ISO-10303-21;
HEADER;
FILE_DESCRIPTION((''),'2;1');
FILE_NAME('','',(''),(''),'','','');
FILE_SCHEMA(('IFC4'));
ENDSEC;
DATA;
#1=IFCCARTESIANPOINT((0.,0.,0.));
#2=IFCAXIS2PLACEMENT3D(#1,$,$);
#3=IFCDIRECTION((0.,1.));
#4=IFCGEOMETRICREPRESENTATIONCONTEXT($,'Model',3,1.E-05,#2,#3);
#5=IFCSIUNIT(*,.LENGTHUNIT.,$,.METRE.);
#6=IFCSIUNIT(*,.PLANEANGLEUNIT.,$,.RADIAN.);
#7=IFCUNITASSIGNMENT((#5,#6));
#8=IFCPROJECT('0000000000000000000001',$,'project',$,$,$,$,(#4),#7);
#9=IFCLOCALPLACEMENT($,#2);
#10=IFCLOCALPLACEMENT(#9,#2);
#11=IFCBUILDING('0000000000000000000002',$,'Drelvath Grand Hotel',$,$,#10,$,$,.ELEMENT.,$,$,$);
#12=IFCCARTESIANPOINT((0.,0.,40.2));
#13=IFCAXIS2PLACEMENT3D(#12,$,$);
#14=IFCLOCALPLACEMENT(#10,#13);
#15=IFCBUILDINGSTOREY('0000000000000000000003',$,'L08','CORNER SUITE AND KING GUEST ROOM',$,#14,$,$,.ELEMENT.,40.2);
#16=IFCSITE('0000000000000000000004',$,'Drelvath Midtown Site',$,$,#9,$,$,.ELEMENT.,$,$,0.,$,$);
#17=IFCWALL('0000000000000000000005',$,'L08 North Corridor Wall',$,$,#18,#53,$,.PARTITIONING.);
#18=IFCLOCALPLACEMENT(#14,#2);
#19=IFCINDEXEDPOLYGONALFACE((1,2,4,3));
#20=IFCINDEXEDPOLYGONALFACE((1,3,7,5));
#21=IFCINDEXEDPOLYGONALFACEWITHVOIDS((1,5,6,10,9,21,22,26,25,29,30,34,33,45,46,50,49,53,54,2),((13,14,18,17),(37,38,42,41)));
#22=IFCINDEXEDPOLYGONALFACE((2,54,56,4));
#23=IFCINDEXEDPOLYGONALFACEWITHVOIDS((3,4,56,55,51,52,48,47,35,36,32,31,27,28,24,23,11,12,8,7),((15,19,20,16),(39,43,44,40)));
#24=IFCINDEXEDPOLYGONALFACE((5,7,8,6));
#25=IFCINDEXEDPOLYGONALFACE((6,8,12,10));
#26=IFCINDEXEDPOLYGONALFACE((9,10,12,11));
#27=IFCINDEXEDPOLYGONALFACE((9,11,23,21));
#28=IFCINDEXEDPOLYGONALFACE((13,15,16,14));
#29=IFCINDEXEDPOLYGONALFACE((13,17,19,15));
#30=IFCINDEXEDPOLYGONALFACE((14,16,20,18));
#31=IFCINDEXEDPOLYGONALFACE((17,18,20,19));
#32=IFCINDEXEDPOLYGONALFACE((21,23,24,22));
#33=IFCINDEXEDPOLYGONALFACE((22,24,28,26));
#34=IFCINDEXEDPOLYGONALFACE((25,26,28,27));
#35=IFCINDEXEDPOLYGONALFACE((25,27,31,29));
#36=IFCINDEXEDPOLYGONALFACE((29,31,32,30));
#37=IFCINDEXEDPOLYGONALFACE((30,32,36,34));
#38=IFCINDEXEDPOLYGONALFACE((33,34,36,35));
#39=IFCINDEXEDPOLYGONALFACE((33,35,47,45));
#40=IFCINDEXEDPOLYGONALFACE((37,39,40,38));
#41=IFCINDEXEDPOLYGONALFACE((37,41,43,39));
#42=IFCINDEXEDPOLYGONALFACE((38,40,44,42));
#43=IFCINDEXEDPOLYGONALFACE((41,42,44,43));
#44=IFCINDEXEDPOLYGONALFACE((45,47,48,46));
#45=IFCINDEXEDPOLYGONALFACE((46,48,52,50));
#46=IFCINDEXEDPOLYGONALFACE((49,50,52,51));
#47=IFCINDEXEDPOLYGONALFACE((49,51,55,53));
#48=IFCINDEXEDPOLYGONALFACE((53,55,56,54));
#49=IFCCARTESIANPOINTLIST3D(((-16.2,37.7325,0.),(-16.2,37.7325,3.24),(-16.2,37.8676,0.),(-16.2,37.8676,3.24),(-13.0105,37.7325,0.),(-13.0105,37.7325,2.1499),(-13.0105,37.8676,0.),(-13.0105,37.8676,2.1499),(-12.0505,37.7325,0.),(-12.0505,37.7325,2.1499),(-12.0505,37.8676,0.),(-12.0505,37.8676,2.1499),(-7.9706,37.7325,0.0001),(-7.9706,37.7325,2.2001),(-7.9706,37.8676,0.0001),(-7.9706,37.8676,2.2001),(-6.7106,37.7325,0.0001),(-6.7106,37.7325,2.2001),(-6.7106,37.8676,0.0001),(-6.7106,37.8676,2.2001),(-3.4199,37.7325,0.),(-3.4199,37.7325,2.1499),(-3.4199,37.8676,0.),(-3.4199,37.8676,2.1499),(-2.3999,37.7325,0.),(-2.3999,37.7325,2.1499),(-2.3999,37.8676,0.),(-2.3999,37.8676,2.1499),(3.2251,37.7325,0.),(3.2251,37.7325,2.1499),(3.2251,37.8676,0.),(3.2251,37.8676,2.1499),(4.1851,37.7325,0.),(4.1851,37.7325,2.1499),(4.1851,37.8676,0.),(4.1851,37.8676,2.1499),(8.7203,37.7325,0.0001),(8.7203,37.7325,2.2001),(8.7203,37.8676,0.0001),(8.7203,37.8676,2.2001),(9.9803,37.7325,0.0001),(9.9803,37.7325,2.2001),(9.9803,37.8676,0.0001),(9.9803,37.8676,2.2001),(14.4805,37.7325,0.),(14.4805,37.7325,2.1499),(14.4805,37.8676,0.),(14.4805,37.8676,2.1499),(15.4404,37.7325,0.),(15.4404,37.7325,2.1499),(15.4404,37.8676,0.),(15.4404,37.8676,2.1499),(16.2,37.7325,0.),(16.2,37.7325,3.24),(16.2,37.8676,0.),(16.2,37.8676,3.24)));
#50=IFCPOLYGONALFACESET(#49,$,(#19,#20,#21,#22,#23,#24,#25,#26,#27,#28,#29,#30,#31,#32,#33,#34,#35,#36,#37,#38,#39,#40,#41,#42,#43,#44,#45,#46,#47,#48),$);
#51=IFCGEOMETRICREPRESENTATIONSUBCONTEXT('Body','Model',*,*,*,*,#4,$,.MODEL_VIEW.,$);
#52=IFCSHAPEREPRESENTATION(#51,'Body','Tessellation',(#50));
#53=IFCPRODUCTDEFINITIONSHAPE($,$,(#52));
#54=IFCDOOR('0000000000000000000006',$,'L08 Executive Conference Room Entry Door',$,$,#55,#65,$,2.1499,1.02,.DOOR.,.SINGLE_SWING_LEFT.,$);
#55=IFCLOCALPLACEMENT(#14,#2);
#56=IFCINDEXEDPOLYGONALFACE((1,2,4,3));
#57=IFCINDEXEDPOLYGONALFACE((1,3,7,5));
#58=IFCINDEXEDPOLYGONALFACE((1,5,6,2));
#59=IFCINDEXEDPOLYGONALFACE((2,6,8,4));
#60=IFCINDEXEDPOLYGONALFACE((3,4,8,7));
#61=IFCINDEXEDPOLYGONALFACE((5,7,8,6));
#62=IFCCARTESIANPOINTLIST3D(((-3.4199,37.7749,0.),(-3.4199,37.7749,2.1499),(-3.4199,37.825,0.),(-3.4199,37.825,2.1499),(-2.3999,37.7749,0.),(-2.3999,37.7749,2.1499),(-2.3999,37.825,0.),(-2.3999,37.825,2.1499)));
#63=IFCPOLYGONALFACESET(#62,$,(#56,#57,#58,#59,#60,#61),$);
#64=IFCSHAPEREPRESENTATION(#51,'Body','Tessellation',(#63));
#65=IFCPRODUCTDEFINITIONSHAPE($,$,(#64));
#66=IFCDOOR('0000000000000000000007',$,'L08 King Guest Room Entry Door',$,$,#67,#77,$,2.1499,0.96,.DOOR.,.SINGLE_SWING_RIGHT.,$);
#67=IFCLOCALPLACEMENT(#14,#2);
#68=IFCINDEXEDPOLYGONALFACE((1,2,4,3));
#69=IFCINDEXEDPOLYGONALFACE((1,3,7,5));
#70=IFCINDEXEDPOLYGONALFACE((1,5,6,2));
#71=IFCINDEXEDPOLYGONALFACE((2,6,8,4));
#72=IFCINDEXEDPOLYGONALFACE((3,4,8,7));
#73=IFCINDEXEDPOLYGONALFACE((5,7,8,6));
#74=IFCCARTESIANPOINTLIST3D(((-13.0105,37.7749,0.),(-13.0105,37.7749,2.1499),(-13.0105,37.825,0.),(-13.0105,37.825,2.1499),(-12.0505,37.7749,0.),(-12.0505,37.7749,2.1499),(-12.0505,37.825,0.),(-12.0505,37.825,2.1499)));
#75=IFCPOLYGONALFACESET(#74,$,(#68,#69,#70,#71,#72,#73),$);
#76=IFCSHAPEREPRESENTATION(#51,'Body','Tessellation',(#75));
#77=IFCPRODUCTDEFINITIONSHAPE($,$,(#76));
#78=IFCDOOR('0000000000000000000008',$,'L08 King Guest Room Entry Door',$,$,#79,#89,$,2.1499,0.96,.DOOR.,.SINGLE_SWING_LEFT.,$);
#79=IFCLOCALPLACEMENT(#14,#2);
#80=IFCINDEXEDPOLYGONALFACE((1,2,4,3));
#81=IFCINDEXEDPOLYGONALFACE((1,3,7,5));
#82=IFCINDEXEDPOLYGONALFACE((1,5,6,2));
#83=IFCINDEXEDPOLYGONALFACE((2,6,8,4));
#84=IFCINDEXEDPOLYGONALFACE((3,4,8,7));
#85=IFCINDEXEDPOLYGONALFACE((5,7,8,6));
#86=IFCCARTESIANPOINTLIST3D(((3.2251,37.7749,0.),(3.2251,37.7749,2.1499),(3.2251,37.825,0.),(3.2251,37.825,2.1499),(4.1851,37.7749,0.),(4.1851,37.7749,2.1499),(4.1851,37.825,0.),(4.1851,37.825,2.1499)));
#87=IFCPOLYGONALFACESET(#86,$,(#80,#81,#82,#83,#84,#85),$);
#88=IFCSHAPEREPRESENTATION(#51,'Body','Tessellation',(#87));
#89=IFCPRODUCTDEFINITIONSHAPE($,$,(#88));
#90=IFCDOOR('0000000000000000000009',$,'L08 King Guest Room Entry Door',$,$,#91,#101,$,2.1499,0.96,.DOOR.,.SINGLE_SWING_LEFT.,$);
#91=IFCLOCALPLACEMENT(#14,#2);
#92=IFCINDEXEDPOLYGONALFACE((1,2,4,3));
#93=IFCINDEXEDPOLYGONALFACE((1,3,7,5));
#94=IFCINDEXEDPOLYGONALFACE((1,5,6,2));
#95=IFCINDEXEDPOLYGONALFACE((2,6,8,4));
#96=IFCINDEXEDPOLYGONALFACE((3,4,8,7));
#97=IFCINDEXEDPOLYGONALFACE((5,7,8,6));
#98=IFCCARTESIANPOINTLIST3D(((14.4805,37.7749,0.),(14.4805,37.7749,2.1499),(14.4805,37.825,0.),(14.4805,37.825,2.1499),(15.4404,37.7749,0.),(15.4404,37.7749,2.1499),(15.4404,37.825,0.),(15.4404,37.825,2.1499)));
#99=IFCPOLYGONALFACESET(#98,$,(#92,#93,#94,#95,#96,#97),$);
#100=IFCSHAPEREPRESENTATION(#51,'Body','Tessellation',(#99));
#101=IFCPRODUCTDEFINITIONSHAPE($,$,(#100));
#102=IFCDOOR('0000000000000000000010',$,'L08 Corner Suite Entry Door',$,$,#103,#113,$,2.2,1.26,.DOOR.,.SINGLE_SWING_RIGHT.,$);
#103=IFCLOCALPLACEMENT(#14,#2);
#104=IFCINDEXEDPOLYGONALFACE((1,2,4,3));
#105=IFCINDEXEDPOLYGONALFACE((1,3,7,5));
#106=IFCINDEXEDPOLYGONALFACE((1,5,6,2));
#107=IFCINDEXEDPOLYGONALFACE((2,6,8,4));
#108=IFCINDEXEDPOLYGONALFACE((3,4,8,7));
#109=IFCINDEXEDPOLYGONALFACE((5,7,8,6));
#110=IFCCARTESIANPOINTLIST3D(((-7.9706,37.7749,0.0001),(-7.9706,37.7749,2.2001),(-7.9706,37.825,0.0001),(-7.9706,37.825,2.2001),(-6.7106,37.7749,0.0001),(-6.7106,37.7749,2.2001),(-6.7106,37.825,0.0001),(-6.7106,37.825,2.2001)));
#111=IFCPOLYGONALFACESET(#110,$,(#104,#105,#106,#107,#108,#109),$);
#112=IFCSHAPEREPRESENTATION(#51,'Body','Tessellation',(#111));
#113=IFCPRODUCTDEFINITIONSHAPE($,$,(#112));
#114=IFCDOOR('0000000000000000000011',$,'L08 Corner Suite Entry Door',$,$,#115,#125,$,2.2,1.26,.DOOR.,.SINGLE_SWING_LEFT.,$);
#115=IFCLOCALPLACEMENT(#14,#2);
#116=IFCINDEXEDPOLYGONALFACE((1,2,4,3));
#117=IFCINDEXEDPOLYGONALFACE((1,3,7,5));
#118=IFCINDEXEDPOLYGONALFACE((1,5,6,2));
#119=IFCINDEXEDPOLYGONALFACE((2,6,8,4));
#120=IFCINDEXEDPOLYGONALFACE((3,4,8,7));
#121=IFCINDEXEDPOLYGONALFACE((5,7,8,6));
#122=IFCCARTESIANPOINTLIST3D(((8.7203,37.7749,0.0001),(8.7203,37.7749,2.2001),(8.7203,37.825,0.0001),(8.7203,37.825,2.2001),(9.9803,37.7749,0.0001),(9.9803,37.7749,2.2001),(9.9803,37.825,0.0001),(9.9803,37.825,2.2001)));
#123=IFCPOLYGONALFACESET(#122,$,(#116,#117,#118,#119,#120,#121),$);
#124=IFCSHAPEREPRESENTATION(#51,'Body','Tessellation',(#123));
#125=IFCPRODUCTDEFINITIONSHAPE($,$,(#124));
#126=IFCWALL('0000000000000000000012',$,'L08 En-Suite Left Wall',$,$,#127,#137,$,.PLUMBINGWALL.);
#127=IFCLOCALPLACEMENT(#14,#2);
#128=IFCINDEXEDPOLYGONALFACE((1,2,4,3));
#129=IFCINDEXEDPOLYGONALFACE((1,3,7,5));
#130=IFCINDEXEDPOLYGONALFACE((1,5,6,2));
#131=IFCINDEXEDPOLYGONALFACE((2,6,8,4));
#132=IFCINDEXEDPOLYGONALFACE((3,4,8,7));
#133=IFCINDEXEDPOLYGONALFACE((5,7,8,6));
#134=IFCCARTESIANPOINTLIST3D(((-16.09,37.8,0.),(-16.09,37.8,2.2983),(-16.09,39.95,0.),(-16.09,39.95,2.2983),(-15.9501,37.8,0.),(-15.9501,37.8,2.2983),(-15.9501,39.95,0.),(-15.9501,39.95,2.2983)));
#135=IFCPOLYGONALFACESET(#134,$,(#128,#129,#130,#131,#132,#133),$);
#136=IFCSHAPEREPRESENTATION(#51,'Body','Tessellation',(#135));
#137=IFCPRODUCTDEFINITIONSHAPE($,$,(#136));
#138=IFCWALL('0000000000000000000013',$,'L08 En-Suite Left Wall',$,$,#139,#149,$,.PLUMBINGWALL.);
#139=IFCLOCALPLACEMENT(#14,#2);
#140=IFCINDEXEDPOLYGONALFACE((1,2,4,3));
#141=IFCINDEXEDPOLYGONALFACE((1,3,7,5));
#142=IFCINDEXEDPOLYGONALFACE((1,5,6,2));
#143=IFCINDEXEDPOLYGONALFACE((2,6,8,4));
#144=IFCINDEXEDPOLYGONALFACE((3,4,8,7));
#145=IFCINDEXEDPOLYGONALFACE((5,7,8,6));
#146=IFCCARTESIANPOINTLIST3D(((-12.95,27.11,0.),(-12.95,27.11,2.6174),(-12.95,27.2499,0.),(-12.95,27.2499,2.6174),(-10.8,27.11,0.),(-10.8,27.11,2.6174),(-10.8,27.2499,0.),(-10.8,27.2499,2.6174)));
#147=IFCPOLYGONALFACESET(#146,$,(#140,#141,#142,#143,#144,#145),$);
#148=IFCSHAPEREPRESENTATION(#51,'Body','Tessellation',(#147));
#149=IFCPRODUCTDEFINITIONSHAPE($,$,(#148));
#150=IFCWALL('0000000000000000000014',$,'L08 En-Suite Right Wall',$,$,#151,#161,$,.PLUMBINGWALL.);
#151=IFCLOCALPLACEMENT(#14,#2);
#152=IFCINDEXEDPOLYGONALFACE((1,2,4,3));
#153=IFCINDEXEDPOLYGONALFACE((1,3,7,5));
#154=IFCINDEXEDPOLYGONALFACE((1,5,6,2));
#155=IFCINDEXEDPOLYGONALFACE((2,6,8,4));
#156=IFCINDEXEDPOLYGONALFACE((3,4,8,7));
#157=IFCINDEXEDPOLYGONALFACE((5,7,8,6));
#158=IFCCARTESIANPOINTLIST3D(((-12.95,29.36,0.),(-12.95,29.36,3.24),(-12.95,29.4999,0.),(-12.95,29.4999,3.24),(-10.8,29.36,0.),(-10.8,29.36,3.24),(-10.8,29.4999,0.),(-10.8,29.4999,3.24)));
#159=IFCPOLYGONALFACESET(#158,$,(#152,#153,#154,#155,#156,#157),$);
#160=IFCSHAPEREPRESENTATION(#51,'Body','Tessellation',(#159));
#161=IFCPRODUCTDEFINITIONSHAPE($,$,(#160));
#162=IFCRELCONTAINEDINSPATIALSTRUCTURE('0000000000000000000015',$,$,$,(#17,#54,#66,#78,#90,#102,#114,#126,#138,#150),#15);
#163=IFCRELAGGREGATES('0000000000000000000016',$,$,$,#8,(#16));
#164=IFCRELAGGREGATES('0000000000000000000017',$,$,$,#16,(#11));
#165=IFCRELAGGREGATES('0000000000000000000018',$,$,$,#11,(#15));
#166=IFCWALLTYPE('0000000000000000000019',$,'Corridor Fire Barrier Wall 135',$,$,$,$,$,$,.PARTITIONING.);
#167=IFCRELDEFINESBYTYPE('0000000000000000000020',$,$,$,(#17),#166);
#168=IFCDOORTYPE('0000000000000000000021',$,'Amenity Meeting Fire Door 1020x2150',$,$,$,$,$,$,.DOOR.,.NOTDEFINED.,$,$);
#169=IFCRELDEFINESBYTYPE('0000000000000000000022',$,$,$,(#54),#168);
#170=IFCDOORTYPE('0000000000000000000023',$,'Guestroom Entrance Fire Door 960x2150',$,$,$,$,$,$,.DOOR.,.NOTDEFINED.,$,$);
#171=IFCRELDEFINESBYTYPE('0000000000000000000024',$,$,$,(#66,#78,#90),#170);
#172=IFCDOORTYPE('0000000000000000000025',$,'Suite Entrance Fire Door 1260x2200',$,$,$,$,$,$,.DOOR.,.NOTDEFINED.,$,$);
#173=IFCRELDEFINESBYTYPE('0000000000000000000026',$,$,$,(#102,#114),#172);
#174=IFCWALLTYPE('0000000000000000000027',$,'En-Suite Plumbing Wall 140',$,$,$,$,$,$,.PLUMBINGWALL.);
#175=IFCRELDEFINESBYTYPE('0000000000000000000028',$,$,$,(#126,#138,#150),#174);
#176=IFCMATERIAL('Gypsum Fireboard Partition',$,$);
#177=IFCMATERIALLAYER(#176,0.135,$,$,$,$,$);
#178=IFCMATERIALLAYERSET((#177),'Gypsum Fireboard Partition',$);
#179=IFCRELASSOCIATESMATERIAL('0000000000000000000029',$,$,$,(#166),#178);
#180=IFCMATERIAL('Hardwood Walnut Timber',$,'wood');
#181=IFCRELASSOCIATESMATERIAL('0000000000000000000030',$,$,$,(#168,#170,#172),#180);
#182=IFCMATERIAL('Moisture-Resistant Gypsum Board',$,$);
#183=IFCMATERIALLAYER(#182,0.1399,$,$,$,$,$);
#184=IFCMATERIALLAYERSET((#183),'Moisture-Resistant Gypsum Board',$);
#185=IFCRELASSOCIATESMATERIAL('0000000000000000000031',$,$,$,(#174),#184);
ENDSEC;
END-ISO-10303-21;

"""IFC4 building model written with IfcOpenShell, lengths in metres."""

from ifc_helpers import new_model, si_unit, direction, frame, frame_2d, origin, place, context, subcontext, project, spatial, rectangle, extrude, material, layer, layer_set, type_object, element, fill, save


model = new_model("IFC4")

# Units and contexts
model_context = context("Model", 3, precision=1e-05, world=origin(), true_north=direction((0.0, 1.0)))
body_context = subcontext(model_context, "Body", "Model", "MODEL_VIEW")
ifc_project = project(units=[si_unit("LENGTHUNIT", "METRE"), si_unit("PLANEANGLEUNIT", "RADIAN")], contexts=[model_context])

# Site, building, storey
site_placement = place(None, origin())
site = spatial("IfcSite", under=ifc_project, at=site_placement, Name="Drelvath Midtown Site", CompositionType="ELEMENT", RefElevation=0.0)
building_placement = place(site_placement, origin())
building = spatial("IfcBuilding", under=site, at=building_placement, Name="Drelvath Grand Hotel", CompositionType="ELEMENT")
storey_placement = place(building_placement, frame((0.0, 0.0, 40.2)))
storey = spatial("IfcBuildingStorey", under=building, at=storey_placement, Name="L08", Description="CORNER SUITE AND KING GUEST ROOM", CompositionType="ELEMENT", Elevation=40.2)

# Wall, openings, doors
ifc_material_1 = material(Name="Gypsum Fireboard Partition")
ifc_layer_1 = layer(ifc_material_1, 0.135)
ifc_layer_set_1 = layer_set([ifc_layer_1], Name="Gypsum Fireboard Partition")
wall_type_1 = type_object("IfcWallType", Name="Corridor Fire Barrier Wall 135", PredefinedType="PARTITIONING", material=ifc_layer_set_1)
wall_1_placement = place(storey_placement, frame((-16.2, 37.8, 0.0), z_axis=(0.0, 0.0, 1.0), x_axis=(1.0, 0.0, 0.0)))
wall_1 = element("IfcWall", 1, at=wall_1_placement, inside=storey, type_object=wall_type_1, Name="L08 North Corridor Wall", PredefinedType="PARTITIONING", context=body_context, shape_type="SweptSolid", body=[
    extrude(rectangle(XDim=32.3999, YDim=0.135, at=frame_2d((16.2, 0.0))), origin(), (0.0, 0.0, 1.0), 3.24),
])
opening_1_placement = place(wall_1_placement, frame((3.1895, 0.0, 0.0)))
opening_1 = element("IfcOpeningElement", 2, at=opening_1_placement, cuts=wall_1, PredefinedType="OPENING", context=body_context, shape_type="SweptSolid", body=[
    extrude(rectangle(XDim=0.96, YDim=2.1499, at=frame_2d((0.48, 1.075))), frame((0.0, 0.0774, 0.0), z_axis=(0.0, -1.0, 0.0), x_axis=(1.0, 0.0, 0.0)), (0.0, 0.0, 1.0), 0.155),
])
opening_2_placement = place(wall_1_placement, frame((8.2295, 0.0, 0.0)))
opening_2 = element("IfcOpeningElement", 3, at=opening_2_placement, cuts=wall_1, PredefinedType="OPENING", context=body_context, shape_type="SweptSolid", body=[
    extrude(rectangle(XDim=1.26, YDim=2.2, at=frame_2d((0.6299, 1.1001))), frame((0.0, 0.0774, 0.0), z_axis=(0.0, -1.0, 0.0), x_axis=(1.0, 0.0, 0.0)), (0.0, 0.0, 1.0), 0.155),
])
opening_3_placement = place(wall_1_placement, frame((12.78, 0.0, 0.0)))
opening_3 = element("IfcOpeningElement", 4, at=opening_3_placement, cuts=wall_1, PredefinedType="OPENING", context=body_context, shape_type="SweptSolid", body=[
    extrude(rectangle(XDim=1.02, YDim=2.1499, at=frame_2d((0.51, 1.075))), frame((0.0, 0.0774, 0.0), z_axis=(0.0, -1.0, 0.0), x_axis=(1.0, 0.0, 0.0)), (0.0, 0.0, 1.0), 0.155),
])
opening_4_placement = place(wall_1_placement, frame((19.425, 0.0, 0.0)))
opening_4 = element("IfcOpeningElement", 5, at=opening_4_placement, cuts=wall_1, PredefinedType="OPENING", context=body_context, shape_type="SweptSolid", body=[
    extrude(rectangle(XDim=0.96, YDim=2.1499, at=frame_2d((0.48, 1.075))), frame((0.0, 0.0774, 0.0), z_axis=(0.0, -1.0, 0.0), x_axis=(1.0, 0.0, 0.0)), (0.0, 0.0, 1.0), 0.155),
])
opening_5_placement = place(wall_1_placement, frame((24.9204, 0.0, 0.0)))
opening_5 = element("IfcOpeningElement", 6, at=opening_5_placement, cuts=wall_1, PredefinedType="OPENING", context=body_context, shape_type="SweptSolid", body=[
    extrude(rectangle(XDim=1.26, YDim=2.2, at=frame_2d((0.6299, 1.1001))), frame((0.0, 0.0774, 0.0), z_axis=(0.0, -1.0, 0.0), x_axis=(1.0, 0.0, 0.0)), (0.0, 0.0, 1.0), 0.155),
])
opening_6_placement = place(wall_1_placement, frame((30.6804, 0.0, 0.0)))
opening_6 = element("IfcOpeningElement", 7, at=opening_6_placement, cuts=wall_1, PredefinedType="OPENING", context=body_context, shape_type="SweptSolid", body=[
    extrude(rectangle(XDim=0.96, YDim=2.1499, at=frame_2d((0.48, 1.075))), frame((0.0, 0.0774, 0.0), z_axis=(0.0, -1.0, 0.0), x_axis=(1.0, 0.0, 0.0)), (0.0, 0.0, 1.0), 0.155),
])
ifc_material_2 = material(Name="Hardwood Walnut Timber", Category="wood")
door_type_1 = type_object("IfcDoorType", Name="Amenity Meeting Fire Door 1020x2150", OperationType="NOTDEFINED", PredefinedType="DOOR", material=ifc_material_2)
door_1_placement = place(opening_3_placement, origin())
door_1 = element("IfcDoor", 8, at=door_1_placement, inside=storey, type_object=door_type_1, Name="L08 Executive Conference Room Entry Door", OperationType="SINGLE_SWING_LEFT", OverallHeight=2.1499, OverallWidth=1.02, PredefinedType="DOOR", context=body_context, shape_type="SweptSolid", body=[
    extrude(rectangle(XDim=1.02, YDim=2.1499, at=frame_2d((0.51, 1.075))), frame((0.0, 0.0249, 0.0), z_axis=(0.0, -1.0, 0.0), x_axis=(1.0, 0.0, 0.0)), (0.0, 0.0, 1.0), 0.05),
])
fill(opening_3, door_1)
door_type_2 = type_object("IfcDoorType", Name="Guestroom Entrance Fire Door 960x2150", OperationType="NOTDEFINED", PredefinedType="DOOR", material=ifc_material_2)
door_2_placement = place(opening_1_placement, origin())
door_2 = element("IfcDoor", 9, at=door_2_placement, inside=storey, type_object=door_type_2, Name="L08 King Guest Room Entry Door", OperationType="SINGLE_SWING_RIGHT", OverallHeight=2.1499, OverallWidth=0.96, PredefinedType="DOOR", context=body_context, shape_type="SweptSolid", body=[
    extrude(rectangle(XDim=0.96, YDim=2.1499, at=frame_2d((0.48, 1.075))), frame((0.0, 0.0249, 0.0), z_axis=(0.0, -1.0, 0.0), x_axis=(1.0, 0.0, 0.0)), (0.0, 0.0, 1.0), 0.05),
])
fill(opening_1, door_2)
door_3_placement = place(opening_4_placement, origin())
door_3 = element("IfcDoor", 10, at=door_3_placement, inside=storey, type_object=door_type_2, Name="L08 King Guest Room Entry Door", OperationType="SINGLE_SWING_LEFT", OverallHeight=2.1499, OverallWidth=0.96, PredefinedType="DOOR", context=body_context, shape_type="SweptSolid", body=[
    extrude(rectangle(XDim=0.96, YDim=2.1499, at=frame_2d((0.48, 1.075))), frame((0.0, 0.0249, 0.0), z_axis=(0.0, -1.0, 0.0), x_axis=(1.0, 0.0, 0.0)), (0.0, 0.0, 1.0), 0.05),
])
fill(opening_4, door_3)
door_4_placement = place(opening_6_placement, origin())
door_4 = element("IfcDoor", 11, at=door_4_placement, inside=storey, type_object=door_type_2, Name="L08 King Guest Room Entry Door", OperationType="SINGLE_SWING_LEFT", OverallHeight=2.1499, OverallWidth=0.96, PredefinedType="DOOR", context=body_context, shape_type="SweptSolid", body=[
    extrude(rectangle(XDim=0.96, YDim=2.1499, at=frame_2d((0.48, 1.075))), frame((0.0, 0.0249, 0.0), z_axis=(0.0, -1.0, 0.0), x_axis=(1.0, 0.0, 0.0)), (0.0, 0.0, 1.0), 0.05),
])
fill(opening_6, door_4)
door_type_3 = type_object("IfcDoorType", Name="Suite Entrance Fire Door 1260x2200", OperationType="NOTDEFINED", PredefinedType="DOOR", material=ifc_material_2)
door_5_placement = place(opening_2_placement, origin())
door_5 = element("IfcDoor", 12, at=door_5_placement, inside=storey, type_object=door_type_3, Name="L08 Corner Suite Entry Door", OperationType="SINGLE_SWING_RIGHT", OverallHeight=2.2, OverallWidth=1.26, PredefinedType="DOOR", context=body_context, shape_type="SweptSolid", body=[
    extrude(rectangle(XDim=1.26, YDim=2.2, at=frame_2d((0.6299, 1.1001))), frame((0.0, 0.0249, 0.0), z_axis=(0.0, -1.0, 0.0), x_axis=(1.0, 0.0, 0.0)), (0.0, 0.0, 1.0), 0.05),
])
fill(opening_2, door_5)
door_6_placement = place(opening_5_placement, origin())
door_6 = element("IfcDoor", 13, at=door_6_placement, inside=storey, type_object=door_type_3, Name="L08 Corner Suite Entry Door", OperationType="SINGLE_SWING_LEFT", OverallHeight=2.2, OverallWidth=1.26, PredefinedType="DOOR", context=body_context, shape_type="SweptSolid", body=[
    extrude(rectangle(XDim=1.26, YDim=2.2, at=frame_2d((0.6299, 1.1001))), frame((0.0, 0.0249, 0.0), z_axis=(0.0, -1.0, 0.0), x_axis=(1.0, 0.0, 0.0)), (0.0, 0.0, 1.0), 0.05),
])
fill(opening_5, door_6)

# Walls
ifc_material_3 = material(Name="Moisture-Resistant Gypsum Board")
ifc_layer_2 = layer(ifc_material_3, 0.1399)
ifc_layer_set_2 = layer_set([ifc_layer_2], Name="Moisture-Resistant Gypsum Board")
wall_type_2 = type_object("IfcWallType", Name="En-Suite Plumbing Wall 140", PredefinedType="PLUMBINGWALL", material=ifc_layer_set_2)
wall_2_placement = place(storey_placement, frame((-16.02, 37.8, 0.0), z_axis=(0.0, 0.0, 1.0), x_axis=(0.0, 1.0, 0.0)))
element("IfcWall", 14, at=wall_2_placement, inside=storey, type_object=wall_type_2, Name="L08 En-Suite Left Wall", PredefinedType="PLUMBINGWALL", context=body_context, shape_type="SweptSolid", body=[
    extrude(rectangle(XDim=2.1499, YDim=0.1399, at=frame_2d((1.075, 0.0))), origin(), (0.0, 0.0, 1.0), 2.2983),
])
wall_3_placement = place(storey_placement, frame((-10.8, 27.1799, 0.0), z_axis=(0.0, 0.0, 1.0), x_axis=(-1.0, 0.0, 0.0)))
element("IfcWall", 15, at=wall_3_placement, inside=storey, type_object=wall_type_2, Name="L08 En-Suite Left Wall", PredefinedType="PLUMBINGWALL", context=body_context, shape_type="SweptSolid", body=[
    extrude(rectangle(XDim=2.1499, YDim=0.1399, at=frame_2d((1.075, 0.0))), origin(), (0.0, 0.0, 1.0), 2.6174),
])
wall_4_placement = place(storey_placement, frame((-10.8, 29.4299, 0.0), z_axis=(0.0, 0.0, 1.0), x_axis=(-1.0, 0.0, 0.0)))
element("IfcWall", 16, at=wall_4_placement, inside=storey, type_object=wall_type_2, Name="L08 En-Suite Right Wall", PredefinedType="PLUMBINGWALL", context=body_context, shape_type="SweptSolid", body=[
    extrude(rectangle(XDim=2.1499, YDim=0.1399, at=frame_2d((1.075, 0.0))), origin(), (0.0, 0.0, 1.0), 3.24),
])

save(model, "model.ifc")
